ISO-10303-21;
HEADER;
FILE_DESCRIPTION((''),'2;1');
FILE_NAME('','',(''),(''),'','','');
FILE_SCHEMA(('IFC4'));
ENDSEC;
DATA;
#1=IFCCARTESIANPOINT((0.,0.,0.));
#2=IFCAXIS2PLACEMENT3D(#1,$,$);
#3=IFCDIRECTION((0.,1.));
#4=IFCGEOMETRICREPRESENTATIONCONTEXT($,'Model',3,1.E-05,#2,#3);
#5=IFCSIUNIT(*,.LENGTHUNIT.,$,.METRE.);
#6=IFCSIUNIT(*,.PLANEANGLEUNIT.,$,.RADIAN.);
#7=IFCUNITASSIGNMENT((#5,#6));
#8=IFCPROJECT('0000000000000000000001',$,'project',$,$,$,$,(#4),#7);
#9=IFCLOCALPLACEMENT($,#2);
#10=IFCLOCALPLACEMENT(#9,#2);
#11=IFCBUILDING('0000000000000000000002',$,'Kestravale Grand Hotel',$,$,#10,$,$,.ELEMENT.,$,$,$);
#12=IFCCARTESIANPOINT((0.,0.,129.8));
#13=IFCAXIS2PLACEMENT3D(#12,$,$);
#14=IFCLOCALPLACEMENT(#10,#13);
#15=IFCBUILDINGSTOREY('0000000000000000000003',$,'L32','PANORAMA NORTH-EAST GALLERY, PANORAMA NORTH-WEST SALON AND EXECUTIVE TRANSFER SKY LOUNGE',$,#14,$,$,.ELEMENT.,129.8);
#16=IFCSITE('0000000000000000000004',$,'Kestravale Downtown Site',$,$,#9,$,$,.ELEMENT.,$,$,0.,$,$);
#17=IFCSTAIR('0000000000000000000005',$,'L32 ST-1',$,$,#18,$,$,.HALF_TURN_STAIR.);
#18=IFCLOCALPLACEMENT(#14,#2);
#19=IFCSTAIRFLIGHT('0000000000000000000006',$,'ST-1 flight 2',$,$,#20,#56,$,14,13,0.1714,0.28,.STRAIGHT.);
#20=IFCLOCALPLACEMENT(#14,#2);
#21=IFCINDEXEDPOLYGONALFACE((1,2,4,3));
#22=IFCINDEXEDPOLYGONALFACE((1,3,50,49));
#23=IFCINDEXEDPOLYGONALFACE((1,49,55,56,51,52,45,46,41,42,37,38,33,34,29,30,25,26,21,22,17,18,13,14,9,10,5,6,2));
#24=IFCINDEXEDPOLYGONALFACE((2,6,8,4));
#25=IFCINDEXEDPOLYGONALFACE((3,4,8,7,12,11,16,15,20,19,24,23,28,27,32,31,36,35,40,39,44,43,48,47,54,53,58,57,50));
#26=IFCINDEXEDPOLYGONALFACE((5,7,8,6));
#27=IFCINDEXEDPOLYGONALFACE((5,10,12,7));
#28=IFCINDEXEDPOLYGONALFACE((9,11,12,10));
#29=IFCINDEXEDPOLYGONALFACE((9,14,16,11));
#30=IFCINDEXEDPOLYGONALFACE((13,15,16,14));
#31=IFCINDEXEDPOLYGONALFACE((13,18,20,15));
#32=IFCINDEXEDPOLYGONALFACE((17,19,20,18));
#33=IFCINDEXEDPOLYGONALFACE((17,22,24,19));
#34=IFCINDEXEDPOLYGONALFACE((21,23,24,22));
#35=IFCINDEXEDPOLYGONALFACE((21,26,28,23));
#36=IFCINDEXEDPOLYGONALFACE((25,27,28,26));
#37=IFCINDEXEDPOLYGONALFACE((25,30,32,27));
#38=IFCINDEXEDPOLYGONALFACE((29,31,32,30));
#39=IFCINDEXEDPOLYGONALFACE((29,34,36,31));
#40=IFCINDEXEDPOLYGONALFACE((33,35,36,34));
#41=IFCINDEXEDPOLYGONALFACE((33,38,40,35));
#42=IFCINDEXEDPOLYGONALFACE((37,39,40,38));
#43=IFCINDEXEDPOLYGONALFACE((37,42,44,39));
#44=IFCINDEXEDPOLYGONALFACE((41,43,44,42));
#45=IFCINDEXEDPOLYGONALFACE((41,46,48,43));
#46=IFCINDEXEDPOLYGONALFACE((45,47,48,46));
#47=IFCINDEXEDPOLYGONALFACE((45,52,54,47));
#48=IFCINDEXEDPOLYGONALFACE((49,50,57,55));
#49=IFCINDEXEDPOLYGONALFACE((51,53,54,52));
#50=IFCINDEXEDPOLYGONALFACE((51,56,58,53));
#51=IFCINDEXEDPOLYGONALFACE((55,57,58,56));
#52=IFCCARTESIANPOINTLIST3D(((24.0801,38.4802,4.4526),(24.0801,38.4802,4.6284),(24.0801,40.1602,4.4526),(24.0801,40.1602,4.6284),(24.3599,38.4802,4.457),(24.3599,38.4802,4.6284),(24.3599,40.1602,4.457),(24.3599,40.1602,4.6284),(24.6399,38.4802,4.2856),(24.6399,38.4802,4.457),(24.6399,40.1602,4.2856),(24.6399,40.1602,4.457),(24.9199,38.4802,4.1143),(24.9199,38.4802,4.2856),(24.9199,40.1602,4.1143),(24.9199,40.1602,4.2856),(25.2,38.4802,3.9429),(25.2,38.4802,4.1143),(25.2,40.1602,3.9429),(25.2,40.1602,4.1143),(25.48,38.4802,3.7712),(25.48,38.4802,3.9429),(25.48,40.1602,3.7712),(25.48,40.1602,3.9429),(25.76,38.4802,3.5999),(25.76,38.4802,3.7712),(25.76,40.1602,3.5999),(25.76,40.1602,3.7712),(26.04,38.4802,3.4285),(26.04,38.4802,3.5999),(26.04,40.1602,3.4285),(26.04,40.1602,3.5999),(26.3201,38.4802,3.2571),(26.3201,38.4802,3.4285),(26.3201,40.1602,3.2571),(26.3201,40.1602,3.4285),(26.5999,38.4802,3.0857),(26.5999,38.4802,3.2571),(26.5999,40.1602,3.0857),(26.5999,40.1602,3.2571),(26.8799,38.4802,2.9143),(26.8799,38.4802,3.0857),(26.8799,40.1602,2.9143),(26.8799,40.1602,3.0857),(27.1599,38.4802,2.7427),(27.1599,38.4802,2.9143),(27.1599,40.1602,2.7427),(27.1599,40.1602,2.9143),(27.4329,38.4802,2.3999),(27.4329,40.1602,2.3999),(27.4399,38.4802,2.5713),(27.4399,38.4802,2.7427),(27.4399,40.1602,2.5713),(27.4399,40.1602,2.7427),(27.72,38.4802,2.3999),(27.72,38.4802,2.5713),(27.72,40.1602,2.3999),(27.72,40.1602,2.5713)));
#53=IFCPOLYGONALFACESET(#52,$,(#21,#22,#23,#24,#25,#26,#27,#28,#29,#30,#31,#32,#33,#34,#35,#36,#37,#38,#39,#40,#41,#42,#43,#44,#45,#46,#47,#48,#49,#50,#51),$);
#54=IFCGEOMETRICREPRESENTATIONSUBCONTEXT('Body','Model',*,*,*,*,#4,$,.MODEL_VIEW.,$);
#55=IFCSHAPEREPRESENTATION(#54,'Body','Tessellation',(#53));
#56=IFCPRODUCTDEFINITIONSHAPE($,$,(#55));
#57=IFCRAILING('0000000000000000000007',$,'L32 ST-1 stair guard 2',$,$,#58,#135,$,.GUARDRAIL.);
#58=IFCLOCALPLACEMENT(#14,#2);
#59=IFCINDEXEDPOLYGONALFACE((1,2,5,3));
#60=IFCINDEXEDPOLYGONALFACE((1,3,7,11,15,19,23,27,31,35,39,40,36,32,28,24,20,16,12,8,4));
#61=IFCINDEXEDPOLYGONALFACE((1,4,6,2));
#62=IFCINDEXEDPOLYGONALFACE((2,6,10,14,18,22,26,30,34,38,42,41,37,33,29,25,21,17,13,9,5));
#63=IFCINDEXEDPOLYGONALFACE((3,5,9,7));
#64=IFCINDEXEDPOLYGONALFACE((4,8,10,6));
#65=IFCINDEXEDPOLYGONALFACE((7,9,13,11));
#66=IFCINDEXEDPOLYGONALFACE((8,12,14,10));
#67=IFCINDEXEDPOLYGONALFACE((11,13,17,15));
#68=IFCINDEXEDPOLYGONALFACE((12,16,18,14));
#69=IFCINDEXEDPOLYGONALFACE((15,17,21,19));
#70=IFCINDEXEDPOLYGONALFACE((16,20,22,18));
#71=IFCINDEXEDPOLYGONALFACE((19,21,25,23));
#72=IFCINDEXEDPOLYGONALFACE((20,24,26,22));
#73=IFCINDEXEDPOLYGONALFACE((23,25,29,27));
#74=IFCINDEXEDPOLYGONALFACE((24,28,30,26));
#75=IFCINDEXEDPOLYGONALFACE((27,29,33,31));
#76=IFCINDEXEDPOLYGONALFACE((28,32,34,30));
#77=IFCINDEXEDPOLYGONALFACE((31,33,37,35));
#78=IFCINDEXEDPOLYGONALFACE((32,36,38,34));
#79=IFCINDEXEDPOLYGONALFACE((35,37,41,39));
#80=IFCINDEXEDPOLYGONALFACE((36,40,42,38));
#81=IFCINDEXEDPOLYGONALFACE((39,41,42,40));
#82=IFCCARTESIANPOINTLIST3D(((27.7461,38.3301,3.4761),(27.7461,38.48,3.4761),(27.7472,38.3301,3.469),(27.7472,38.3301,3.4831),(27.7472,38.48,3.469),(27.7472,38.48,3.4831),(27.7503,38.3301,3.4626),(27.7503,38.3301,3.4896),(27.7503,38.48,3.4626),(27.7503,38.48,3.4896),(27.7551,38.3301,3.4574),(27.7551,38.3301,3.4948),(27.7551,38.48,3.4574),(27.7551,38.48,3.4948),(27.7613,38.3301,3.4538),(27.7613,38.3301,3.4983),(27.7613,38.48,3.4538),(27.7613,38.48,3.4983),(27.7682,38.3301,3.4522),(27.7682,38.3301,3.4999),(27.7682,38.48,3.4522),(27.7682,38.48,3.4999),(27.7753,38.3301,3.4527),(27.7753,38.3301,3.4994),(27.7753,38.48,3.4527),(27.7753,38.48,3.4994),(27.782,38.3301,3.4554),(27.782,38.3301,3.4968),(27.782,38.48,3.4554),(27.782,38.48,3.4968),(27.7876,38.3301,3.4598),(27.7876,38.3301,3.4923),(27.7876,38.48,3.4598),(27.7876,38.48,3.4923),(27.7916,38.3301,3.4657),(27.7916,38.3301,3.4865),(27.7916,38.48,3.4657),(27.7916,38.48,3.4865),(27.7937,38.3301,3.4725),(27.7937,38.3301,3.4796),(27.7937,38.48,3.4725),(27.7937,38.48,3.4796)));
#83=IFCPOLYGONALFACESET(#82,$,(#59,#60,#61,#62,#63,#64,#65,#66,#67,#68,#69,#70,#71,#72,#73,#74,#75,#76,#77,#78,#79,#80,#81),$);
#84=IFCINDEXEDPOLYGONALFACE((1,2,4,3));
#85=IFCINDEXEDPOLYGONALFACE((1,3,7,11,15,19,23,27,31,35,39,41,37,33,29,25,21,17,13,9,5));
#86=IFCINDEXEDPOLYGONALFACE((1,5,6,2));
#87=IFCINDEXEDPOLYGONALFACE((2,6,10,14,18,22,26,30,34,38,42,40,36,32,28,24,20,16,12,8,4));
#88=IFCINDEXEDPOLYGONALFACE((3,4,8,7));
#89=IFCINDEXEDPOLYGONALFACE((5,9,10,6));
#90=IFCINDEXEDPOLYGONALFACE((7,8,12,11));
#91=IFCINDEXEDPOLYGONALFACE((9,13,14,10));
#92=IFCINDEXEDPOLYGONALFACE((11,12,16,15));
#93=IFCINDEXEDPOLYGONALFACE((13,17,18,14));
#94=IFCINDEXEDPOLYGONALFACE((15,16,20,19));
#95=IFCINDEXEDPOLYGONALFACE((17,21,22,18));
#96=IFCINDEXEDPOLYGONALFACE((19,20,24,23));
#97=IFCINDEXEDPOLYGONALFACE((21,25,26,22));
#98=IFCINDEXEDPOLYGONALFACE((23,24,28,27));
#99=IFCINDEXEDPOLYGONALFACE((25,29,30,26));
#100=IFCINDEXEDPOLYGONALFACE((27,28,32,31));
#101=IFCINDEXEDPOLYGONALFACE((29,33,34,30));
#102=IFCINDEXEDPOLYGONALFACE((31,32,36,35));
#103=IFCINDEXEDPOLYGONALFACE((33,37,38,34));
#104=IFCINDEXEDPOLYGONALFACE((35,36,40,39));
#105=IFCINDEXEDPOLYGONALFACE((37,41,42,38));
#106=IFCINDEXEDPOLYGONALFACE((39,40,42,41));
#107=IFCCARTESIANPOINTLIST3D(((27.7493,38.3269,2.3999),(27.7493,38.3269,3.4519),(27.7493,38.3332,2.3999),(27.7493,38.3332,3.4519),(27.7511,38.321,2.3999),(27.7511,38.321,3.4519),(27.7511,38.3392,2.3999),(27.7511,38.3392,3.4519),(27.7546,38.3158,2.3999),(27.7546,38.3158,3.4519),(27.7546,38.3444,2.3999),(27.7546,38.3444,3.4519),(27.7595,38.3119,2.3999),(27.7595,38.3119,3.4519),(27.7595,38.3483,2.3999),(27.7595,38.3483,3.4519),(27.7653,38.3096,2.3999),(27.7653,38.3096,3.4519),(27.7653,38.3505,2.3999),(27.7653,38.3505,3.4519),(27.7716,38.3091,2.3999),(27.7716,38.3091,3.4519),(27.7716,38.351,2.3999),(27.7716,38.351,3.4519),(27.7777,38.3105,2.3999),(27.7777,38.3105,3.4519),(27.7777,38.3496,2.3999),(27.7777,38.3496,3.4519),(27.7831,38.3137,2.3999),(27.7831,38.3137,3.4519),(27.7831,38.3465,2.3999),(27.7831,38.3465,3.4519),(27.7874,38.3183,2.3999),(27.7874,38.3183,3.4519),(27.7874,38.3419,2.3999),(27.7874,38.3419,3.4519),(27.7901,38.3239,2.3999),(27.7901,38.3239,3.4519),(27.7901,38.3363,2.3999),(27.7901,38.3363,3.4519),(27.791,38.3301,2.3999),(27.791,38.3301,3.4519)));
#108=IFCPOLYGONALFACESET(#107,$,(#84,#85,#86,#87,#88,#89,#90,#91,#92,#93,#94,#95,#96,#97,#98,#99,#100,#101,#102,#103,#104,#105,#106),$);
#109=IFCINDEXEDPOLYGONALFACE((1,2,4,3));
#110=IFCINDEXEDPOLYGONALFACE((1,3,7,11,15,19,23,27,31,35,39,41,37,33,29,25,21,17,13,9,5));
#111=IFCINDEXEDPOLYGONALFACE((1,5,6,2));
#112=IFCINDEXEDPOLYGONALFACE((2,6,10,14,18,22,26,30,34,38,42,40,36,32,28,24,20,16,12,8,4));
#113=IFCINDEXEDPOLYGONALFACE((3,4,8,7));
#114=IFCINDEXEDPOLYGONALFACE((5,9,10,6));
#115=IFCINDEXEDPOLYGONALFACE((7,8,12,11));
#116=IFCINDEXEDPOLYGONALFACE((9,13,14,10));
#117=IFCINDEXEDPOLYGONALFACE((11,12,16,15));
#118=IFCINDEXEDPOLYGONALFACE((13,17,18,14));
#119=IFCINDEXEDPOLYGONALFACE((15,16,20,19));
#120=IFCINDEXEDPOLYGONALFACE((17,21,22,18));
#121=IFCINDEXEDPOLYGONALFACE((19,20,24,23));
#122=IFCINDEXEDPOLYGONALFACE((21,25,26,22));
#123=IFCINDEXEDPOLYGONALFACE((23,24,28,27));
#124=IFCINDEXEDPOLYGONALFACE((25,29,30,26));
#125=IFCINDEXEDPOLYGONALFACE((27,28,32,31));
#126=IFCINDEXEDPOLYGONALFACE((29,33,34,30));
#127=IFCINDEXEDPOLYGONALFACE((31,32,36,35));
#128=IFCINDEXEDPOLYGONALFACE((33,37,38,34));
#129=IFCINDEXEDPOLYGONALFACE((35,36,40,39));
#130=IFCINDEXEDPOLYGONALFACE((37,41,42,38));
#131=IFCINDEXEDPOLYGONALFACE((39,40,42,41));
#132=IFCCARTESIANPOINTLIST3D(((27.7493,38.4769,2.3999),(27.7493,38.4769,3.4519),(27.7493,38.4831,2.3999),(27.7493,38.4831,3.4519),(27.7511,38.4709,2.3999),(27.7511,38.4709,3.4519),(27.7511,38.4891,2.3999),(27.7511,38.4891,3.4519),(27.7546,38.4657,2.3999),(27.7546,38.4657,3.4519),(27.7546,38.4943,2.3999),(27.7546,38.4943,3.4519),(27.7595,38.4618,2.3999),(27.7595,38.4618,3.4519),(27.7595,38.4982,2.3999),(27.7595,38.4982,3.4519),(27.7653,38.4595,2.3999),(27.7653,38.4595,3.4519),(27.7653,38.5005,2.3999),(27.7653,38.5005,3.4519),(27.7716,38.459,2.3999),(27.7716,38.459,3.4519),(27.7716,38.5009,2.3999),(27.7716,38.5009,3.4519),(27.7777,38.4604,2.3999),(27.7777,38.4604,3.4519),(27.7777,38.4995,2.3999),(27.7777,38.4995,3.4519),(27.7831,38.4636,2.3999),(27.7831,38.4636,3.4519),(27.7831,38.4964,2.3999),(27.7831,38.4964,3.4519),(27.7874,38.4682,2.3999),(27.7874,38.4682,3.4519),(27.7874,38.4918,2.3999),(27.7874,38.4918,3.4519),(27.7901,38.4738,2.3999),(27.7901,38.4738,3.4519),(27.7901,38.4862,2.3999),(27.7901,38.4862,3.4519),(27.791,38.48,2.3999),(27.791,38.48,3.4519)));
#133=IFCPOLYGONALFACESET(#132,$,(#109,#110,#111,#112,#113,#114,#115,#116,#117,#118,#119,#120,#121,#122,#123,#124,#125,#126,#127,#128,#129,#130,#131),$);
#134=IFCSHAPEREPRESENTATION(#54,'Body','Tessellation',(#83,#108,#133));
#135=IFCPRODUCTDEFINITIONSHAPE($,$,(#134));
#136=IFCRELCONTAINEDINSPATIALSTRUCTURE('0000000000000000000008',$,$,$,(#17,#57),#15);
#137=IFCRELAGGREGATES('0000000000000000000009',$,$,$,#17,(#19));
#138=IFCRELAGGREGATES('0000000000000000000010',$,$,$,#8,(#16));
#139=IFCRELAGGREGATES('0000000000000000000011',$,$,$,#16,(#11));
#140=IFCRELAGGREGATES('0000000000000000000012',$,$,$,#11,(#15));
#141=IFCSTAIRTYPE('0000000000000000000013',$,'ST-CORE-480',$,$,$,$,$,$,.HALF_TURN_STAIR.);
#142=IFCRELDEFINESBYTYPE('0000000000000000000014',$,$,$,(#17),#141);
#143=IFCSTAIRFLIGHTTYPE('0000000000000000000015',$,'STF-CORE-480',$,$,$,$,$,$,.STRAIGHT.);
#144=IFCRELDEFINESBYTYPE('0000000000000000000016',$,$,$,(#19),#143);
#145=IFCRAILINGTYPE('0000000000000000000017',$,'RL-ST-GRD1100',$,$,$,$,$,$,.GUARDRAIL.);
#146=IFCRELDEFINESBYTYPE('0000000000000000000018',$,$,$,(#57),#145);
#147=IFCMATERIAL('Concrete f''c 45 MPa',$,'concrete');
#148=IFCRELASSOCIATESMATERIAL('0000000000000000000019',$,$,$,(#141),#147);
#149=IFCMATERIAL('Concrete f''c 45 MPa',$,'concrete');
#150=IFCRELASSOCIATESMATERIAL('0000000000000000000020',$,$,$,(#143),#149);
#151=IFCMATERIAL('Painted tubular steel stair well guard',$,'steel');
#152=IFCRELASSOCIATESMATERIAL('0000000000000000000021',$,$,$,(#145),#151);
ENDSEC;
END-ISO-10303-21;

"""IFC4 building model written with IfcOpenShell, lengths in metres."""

from ifc_helpers import new_model, si_unit, direction, frame, origin, origin_2d, place, context, subcontext, project, spatial, polyline, circle, outline, extrude, material, type_object, element, aggregate, save


model = new_model("IFC4")

# Units and contexts
model_context = context("Model", 3, precision=1e-05, world=origin(), true_north=direction((0.0, 1.0)))
body_context = subcontext(model_context, "Body", "Model", "MODEL_VIEW")
ifc_project = project(units=[si_unit("LENGTHUNIT", "METRE"), si_unit("PLANEANGLEUNIT", "RADIAN")], contexts=[model_context])

# Site, building, storey
site_placement = place(None, origin())
site = spatial("IfcSite", under=ifc_project, at=site_placement, Name="Kestravale Downtown Site", CompositionType="ELEMENT", RefElevation=0.0)
building_placement = place(site_placement, origin())
building = spatial("IfcBuilding", under=site, at=building_placement, Name="Kestravale Grand Hotel", CompositionType="ELEMENT")
storey_placement = place(building_placement, frame((0.0, 0.0, 129.8)))
storey = spatial("IfcBuildingStorey", under=building, at=storey_placement, Name="L32", Description="PANORAMA NORTH-EAST GALLERY, PANORAMA NORTH-WEST SALON AND EXECUTIVE TRANSFER SKY LOUNGE", CompositionType="ELEMENT", Elevation=129.8)

# Stair, stair flight
ifc_material_1 = material(Name="Concrete f'c 45 MPa", Category="concrete")
stair_type = type_object("IfcStairType", Name="ST-CORE-480", PredefinedType="HALF_TURN_STAIR", material=ifc_material_1)
stair_placement = place(storey_placement, origin())
stair = element("IfcStair", 1, at=stair_placement, inside=storey, type_object=stair_type, Name="L32 ST-1", PredefinedType="HALF_TURN_STAIR")
ifc_material_2 = material(Name="Concrete f'c 45 MPa", Category="concrete")
stair_flight_type = type_object("IfcStairFlightType", Name="STF-CORE-480", PredefinedType="STRAIGHT", material=ifc_material_2)
stair_flight_placement = place(storey_placement, frame((27.72, 39.3201, 2.3999), z_axis=(0.0, 0.0, 1.0), x_axis=(-1.0, 0.0, 0.0)))
stair_flight = element("IfcStairFlight", 2, at=stair_flight_placement, type_object=stair_flight_type, Name="ST-1 flight 2", NumberOfRisers=14, NumberOfTreads=13, PredefinedType="STRAIGHT", RiserHeight=0.1714, TreadLength=0.28, context=body_context, shape_type="SweptSolid", body=[
    extrude(outline(polyline([(0.0, 0.0), (0.0, 0.1714), (0.28, 0.1714), (0.28, 0.3428), (0.5601, 0.3428), (0.5601, 0.5144), (0.8401, 0.5144), (0.8401, 0.6858), (1.1201, 0.6858), (1.1201, 0.8572), (1.3999, 0.8572), (1.3999, 1.0286), (1.6799, 1.0286), (1.6799, 1.2), (1.96, 1.2), (1.96, 1.3713), (2.24, 1.3713), (2.24, 1.543), (2.52, 1.543), (2.52, 1.7144), (2.8, 1.7144), (2.8, 1.8857), (3.0801, 1.8857), (3.0801, 2.0571), (3.3601, 2.0571), (3.3601, 2.2285), (3.6399, 2.2285), (3.6399, 2.3999), (3.6399, 2.0527), (0.2871, 0.0), (0.0, 0.0)])), frame((0.0, 0.8398, 0.0), z_axis=(0.0, -1.0, 0.0), x_axis=(1.0, 0.0, 0.0)), (0.0, 0.0, 1.0), 1.6799),
])
aggregate(stair, [stair_flight])

# Railing
ifc_material_3 = material(Name="Painted tubular steel stair well guard", Category="steel")
railing_type_1 = type_object("IfcRailingType", Name="RL-ST-GRD1100", PredefinedType="GUARDRAIL", material=ifc_material_3)
railing_1_placement = place(storey_placement, frame((27.77, 38.3301, 2.3999)))
element("IfcRailing", 3, at=railing_1_placement, inside=storey, type_object=railing_type_1, Name="L32 ST-1 stair guard 2", PredefinedType="GUARDRAIL", context=body_context, shape_type="SweptSolid", body=[
    extrude(circle(Radius=0.0239, at=origin_2d()), frame((0.0, 0.0, 1.0762), z_axis=(0.0, 1.0, 0.0), x_axis=(-1.0, 0.0, 0.0)), (0.0, 0.0, 1.0), 0.1499),
    extrude(circle(Radius=0.021, at=origin_2d()), origin(), (0.0, 0.0, 1.0), 1.052),
    extrude(circle(Radius=0.021, at=origin_2d()), frame((0.0, 0.1499, 0.0)), (0.0, 0.0, 1.0), 1.052),
])

save(model, "model.ifc")
